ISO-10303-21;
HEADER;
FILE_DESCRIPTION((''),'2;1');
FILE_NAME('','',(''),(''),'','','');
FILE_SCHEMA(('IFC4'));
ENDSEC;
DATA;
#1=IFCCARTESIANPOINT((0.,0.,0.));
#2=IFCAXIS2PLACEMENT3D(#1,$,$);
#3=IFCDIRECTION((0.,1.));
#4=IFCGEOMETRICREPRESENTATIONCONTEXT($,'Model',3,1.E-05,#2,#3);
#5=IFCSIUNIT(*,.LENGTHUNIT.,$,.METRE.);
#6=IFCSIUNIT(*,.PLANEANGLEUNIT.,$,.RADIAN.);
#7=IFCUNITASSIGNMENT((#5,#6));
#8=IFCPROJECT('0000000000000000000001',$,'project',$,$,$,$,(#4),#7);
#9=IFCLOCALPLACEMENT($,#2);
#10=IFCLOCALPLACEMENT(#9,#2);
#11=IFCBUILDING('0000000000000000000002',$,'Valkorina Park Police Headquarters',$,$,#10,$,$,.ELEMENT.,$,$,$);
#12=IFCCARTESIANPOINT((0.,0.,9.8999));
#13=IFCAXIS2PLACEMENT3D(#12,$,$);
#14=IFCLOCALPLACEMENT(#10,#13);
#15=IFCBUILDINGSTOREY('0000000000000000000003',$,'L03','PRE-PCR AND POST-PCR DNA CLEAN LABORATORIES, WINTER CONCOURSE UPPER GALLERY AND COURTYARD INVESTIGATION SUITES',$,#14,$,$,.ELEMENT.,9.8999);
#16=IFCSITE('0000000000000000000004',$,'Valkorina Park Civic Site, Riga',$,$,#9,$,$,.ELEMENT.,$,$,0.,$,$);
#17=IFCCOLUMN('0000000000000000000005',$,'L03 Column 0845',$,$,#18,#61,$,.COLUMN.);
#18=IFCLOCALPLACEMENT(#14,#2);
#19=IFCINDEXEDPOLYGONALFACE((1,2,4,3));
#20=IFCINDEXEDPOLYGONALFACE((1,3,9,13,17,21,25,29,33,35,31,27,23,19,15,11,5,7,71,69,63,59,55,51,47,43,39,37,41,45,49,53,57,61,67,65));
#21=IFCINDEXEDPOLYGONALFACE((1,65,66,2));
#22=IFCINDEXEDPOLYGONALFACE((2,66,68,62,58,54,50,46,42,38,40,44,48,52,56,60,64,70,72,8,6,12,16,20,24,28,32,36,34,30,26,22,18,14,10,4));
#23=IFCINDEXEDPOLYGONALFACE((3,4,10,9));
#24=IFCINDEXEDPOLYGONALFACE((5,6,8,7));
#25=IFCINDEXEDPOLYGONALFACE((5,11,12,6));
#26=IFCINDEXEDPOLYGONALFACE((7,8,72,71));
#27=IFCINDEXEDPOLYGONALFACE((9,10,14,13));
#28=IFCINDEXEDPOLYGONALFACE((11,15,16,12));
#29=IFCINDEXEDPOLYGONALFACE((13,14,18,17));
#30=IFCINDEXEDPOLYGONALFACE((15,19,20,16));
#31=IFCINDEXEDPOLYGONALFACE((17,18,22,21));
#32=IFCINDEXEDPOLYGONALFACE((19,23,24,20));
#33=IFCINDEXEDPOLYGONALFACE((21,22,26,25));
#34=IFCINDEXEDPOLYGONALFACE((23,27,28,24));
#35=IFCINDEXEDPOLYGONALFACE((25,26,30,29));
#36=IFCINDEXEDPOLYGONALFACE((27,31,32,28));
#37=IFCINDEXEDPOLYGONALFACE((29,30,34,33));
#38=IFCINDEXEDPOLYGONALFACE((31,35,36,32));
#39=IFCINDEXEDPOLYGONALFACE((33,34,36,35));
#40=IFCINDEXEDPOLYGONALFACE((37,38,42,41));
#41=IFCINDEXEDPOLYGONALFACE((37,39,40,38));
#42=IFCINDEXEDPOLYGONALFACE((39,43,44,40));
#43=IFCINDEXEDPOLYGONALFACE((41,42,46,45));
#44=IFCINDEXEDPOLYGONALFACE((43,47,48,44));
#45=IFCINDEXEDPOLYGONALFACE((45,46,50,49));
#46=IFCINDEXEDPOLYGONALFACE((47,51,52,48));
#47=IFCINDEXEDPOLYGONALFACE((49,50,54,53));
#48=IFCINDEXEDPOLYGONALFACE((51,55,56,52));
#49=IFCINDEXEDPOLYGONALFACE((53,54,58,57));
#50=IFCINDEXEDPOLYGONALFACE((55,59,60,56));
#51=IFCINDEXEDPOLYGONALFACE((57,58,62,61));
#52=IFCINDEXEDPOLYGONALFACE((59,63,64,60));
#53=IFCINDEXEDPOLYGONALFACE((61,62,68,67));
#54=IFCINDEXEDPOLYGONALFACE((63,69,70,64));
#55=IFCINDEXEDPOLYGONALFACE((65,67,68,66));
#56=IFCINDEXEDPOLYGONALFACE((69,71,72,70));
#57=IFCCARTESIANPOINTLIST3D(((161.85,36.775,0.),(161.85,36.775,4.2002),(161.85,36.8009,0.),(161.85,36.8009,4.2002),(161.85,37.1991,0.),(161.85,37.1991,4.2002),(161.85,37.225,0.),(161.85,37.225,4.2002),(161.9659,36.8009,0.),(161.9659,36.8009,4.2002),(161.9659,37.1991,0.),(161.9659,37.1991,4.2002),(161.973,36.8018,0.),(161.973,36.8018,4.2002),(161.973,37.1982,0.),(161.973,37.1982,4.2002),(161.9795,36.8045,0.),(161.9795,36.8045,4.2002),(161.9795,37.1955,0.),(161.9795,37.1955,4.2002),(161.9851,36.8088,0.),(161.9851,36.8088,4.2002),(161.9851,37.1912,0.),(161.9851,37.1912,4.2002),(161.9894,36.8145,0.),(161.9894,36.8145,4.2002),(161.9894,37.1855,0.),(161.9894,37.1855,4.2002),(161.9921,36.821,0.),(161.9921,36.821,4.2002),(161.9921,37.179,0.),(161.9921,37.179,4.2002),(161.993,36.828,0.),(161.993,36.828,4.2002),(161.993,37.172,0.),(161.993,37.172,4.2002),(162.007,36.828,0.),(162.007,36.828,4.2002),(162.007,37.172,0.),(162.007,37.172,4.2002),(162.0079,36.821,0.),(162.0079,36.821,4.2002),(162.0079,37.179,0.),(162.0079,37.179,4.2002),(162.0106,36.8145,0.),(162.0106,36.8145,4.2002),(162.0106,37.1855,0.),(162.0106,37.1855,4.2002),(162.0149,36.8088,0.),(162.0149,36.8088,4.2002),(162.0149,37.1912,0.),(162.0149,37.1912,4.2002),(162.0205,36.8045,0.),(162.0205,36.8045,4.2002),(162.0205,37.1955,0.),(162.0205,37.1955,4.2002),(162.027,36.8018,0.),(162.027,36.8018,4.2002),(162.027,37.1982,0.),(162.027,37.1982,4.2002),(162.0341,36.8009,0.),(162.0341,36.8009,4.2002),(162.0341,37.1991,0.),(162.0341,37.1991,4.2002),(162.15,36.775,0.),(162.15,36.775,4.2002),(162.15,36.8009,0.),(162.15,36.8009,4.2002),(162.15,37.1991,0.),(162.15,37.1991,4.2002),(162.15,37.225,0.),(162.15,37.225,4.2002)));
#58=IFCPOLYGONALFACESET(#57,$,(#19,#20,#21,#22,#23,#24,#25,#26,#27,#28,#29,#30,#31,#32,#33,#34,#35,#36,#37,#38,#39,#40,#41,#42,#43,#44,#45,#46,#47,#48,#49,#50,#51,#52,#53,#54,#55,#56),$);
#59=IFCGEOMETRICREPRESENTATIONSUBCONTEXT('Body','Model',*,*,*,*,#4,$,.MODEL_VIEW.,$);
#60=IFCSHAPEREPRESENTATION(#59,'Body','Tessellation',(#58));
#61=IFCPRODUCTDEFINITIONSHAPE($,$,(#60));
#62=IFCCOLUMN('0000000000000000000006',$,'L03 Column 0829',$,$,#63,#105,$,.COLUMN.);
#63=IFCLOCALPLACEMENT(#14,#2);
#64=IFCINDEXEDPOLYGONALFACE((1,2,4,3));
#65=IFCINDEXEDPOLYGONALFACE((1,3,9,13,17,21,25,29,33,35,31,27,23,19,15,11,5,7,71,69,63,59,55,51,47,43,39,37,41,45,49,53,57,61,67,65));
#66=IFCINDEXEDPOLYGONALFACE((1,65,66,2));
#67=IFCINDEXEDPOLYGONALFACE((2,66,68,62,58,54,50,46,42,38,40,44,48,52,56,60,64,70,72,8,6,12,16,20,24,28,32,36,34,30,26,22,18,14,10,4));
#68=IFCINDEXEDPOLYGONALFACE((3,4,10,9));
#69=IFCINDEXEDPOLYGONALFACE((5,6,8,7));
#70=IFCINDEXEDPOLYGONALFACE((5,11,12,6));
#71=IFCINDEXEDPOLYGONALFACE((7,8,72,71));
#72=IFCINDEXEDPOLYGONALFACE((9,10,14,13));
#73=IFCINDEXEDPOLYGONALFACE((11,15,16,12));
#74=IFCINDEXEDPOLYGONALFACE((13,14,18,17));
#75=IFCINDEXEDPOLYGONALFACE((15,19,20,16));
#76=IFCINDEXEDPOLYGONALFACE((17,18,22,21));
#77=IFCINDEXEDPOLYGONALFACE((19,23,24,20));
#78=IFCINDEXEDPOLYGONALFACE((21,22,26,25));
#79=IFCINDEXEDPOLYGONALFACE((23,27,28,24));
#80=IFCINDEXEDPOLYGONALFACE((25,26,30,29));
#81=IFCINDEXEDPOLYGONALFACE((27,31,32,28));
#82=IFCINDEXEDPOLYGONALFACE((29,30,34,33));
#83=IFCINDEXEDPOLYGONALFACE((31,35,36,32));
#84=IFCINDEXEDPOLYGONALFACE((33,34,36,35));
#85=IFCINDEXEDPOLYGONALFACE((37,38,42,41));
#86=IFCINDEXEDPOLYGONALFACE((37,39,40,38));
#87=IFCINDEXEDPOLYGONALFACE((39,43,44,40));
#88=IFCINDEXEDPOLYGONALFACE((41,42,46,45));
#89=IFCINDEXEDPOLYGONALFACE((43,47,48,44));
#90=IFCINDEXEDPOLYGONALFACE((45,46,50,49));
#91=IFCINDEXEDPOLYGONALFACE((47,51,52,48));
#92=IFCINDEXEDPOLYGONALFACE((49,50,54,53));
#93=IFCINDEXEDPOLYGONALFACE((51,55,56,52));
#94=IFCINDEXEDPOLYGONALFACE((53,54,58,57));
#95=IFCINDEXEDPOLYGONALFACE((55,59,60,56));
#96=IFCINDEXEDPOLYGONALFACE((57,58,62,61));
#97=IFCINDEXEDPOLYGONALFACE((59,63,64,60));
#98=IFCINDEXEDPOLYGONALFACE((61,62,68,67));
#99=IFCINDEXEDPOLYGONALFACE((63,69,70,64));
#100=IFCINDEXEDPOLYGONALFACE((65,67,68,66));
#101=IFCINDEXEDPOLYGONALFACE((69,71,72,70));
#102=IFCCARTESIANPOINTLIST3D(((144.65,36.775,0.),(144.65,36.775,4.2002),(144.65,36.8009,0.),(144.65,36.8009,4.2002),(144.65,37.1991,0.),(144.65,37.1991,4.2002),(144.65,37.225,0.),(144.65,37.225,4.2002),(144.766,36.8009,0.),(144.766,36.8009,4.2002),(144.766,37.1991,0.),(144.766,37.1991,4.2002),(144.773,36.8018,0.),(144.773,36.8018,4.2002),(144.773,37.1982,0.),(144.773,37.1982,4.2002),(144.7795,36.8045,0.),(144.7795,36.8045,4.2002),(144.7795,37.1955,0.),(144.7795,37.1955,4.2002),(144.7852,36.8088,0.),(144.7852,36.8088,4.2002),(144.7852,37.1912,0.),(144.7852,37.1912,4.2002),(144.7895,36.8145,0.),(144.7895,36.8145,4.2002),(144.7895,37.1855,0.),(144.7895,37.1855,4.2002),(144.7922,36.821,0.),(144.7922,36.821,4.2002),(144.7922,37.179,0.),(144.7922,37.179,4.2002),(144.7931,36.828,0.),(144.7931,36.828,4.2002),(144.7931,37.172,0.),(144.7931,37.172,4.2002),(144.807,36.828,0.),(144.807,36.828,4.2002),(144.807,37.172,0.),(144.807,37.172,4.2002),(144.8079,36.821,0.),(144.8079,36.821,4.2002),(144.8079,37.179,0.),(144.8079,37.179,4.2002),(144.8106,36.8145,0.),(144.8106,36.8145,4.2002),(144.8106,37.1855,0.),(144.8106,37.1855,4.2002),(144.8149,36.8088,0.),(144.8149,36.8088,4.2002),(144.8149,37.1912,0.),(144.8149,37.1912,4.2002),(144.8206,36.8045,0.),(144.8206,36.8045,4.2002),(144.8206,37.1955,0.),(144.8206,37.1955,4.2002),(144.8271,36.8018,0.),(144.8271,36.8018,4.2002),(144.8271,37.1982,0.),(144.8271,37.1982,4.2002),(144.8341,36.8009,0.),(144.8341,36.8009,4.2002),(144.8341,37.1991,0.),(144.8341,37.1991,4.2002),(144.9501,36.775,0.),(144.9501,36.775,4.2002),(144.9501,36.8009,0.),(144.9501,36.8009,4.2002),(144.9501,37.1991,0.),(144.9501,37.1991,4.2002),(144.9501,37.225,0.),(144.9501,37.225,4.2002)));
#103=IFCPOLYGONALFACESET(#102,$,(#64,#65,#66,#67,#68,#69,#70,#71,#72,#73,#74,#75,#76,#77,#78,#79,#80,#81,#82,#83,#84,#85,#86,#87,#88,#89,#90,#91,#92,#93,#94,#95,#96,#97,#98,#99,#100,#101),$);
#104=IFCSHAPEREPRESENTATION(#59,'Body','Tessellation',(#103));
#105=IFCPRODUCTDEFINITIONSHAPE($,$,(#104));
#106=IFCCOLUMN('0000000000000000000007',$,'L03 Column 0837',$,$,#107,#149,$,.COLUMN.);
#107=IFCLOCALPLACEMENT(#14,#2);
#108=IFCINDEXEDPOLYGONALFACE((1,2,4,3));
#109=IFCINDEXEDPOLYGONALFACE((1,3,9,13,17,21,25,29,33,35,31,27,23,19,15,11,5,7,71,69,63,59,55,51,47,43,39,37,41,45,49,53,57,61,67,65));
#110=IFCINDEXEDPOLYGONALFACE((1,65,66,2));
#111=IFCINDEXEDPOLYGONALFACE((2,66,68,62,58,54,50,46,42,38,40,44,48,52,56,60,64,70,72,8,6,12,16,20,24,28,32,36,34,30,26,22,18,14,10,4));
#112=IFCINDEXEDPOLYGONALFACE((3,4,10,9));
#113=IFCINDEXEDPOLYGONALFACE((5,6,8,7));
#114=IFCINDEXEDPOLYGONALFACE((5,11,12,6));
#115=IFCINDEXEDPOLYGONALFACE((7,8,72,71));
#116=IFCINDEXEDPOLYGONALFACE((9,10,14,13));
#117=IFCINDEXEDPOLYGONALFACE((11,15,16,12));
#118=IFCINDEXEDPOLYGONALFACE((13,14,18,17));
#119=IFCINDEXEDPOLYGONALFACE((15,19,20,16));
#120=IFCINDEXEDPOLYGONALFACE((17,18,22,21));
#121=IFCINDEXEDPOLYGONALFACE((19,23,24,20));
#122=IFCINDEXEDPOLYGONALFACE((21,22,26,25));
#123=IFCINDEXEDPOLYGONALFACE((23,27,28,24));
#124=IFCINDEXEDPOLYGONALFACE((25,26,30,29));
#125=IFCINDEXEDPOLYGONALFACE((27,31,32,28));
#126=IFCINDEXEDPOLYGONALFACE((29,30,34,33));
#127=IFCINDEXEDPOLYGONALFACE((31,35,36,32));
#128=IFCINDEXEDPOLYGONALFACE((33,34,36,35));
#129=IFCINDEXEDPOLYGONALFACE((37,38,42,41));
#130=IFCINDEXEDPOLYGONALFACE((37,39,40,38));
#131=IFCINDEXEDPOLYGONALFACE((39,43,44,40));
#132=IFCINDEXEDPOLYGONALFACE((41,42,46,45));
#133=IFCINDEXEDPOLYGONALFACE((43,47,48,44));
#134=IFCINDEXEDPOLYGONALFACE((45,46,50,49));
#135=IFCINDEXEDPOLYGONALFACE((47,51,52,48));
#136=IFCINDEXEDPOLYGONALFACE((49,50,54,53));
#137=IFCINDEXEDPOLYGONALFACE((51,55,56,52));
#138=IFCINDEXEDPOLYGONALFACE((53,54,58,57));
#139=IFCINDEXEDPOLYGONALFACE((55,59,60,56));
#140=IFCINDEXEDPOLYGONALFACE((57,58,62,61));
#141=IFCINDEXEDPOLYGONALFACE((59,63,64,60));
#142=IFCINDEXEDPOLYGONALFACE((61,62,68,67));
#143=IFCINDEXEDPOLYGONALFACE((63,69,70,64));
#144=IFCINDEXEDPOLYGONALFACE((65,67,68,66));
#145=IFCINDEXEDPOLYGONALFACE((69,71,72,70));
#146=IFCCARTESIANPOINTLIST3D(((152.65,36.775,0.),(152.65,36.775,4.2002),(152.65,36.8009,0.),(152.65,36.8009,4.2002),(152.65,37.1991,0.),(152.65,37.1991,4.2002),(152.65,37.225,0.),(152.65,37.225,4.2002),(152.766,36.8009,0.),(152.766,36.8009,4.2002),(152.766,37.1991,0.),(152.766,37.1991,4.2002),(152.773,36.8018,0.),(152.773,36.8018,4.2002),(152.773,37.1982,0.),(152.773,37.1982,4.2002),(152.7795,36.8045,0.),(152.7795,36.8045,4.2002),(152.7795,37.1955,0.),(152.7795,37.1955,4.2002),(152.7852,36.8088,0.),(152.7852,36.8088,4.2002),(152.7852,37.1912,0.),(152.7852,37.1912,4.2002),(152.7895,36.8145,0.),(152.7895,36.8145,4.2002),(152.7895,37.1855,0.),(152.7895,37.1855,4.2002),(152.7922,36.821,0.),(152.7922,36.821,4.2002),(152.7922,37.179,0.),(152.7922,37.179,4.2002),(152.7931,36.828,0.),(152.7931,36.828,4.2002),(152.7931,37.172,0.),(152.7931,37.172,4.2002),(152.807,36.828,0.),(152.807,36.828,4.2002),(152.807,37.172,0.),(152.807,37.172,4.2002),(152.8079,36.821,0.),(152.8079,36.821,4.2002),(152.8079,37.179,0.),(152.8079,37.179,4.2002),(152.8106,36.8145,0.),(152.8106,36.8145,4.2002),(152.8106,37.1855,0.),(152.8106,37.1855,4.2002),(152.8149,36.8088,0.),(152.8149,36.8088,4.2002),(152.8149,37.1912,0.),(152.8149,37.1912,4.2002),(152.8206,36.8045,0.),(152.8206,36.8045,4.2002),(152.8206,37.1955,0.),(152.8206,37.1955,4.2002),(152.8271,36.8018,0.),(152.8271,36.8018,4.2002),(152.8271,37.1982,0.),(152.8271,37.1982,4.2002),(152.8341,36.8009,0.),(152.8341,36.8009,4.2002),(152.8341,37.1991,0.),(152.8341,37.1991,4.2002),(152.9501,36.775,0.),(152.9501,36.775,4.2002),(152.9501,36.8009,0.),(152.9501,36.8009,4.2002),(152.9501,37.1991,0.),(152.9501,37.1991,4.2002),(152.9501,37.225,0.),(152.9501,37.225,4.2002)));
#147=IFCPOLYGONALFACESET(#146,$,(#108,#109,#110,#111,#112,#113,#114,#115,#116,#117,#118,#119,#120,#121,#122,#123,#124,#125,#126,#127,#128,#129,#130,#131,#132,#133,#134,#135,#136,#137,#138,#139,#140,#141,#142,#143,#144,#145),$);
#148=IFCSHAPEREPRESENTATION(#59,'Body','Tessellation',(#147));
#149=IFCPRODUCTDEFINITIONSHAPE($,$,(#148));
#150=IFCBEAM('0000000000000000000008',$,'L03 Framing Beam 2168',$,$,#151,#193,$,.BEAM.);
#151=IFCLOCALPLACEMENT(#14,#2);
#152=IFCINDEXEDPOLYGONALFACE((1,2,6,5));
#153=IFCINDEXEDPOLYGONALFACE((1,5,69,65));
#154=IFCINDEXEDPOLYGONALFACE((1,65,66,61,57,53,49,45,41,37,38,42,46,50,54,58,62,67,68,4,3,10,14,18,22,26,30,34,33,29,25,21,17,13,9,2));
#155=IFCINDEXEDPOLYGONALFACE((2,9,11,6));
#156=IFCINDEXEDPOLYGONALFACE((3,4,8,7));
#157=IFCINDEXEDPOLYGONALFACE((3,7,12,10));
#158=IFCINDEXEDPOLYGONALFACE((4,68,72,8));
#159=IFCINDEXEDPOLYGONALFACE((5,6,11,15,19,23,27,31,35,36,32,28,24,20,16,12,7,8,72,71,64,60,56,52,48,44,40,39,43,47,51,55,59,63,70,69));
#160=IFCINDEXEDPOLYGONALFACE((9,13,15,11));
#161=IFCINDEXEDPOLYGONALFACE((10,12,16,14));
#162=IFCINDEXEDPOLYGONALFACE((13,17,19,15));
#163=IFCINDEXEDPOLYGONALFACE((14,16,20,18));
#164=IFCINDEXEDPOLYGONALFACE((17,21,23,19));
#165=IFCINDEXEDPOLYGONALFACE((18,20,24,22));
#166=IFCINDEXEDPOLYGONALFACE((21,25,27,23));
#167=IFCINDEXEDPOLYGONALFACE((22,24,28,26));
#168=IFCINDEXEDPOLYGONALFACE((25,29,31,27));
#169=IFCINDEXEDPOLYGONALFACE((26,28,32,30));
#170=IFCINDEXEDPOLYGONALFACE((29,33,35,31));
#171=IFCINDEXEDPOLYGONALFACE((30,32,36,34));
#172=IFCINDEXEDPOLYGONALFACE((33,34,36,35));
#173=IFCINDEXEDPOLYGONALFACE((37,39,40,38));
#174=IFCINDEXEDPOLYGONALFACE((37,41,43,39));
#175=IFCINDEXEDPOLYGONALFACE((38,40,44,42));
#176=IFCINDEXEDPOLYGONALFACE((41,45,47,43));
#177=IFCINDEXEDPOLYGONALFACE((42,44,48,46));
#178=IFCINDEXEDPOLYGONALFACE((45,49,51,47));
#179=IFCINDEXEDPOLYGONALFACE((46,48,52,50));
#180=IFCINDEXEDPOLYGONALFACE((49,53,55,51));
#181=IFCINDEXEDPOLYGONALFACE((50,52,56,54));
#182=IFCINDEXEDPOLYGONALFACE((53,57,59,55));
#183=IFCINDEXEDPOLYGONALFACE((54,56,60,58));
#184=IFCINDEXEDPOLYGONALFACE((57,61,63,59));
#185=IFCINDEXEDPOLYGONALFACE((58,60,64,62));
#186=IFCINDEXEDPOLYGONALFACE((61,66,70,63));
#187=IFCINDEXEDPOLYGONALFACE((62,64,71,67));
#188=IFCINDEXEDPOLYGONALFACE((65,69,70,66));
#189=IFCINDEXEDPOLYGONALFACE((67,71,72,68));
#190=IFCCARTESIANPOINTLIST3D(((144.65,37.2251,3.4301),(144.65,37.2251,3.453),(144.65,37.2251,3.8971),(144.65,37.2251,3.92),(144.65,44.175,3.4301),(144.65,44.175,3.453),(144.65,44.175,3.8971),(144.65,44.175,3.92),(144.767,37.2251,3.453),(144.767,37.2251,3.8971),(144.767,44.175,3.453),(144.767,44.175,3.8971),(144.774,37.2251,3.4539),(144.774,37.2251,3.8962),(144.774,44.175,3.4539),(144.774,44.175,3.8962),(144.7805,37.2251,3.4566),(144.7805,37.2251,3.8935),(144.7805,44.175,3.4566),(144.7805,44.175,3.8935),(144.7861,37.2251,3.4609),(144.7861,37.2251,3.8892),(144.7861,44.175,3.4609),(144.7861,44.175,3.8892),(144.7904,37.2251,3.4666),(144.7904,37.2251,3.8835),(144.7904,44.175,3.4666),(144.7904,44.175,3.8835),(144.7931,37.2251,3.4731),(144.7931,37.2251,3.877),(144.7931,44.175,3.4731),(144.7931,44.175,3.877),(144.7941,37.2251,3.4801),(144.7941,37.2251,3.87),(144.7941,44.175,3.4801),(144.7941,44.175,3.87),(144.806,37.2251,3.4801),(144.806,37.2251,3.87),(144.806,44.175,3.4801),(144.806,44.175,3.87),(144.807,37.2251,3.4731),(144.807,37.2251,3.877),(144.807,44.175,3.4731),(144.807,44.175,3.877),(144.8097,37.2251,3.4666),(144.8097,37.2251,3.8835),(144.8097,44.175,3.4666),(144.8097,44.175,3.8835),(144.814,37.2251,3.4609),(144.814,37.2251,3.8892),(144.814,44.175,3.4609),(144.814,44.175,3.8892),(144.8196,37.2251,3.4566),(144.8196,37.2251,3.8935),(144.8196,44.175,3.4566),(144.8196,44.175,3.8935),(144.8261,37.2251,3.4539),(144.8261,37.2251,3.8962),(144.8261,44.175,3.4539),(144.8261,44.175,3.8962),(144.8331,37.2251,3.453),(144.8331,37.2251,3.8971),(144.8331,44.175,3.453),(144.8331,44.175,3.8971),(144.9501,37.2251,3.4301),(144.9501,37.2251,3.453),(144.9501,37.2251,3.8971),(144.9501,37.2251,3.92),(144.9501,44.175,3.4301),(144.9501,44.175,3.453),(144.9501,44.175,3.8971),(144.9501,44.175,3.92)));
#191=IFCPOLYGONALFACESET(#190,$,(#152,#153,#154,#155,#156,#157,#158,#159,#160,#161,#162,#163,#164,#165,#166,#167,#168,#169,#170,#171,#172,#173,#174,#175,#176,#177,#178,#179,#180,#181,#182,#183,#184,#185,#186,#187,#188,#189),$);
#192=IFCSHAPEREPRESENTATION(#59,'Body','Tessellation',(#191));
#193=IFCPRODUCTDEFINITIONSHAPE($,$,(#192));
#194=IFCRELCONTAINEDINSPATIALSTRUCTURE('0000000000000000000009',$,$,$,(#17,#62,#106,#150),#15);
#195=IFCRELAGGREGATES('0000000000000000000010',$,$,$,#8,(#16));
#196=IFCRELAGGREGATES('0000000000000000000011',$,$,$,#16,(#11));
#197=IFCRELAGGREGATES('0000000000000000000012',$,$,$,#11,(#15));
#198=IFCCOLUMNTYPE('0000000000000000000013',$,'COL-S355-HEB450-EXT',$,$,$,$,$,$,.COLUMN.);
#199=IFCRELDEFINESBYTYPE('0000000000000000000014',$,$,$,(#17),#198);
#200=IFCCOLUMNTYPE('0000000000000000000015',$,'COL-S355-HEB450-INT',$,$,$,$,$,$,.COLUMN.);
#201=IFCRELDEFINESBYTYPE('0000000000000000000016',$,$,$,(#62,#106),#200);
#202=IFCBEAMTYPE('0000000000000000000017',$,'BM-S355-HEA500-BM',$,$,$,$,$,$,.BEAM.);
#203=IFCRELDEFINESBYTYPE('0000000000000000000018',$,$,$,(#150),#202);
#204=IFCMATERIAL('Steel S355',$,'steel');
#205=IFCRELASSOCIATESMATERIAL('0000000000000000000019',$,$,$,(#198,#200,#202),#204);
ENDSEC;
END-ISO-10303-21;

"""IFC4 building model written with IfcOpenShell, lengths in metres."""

from ifc_helpers import new_model, si_unit, direction, frame, origin, origin_2d, place, context, subcontext, project, spatial, i_section, extrude, material, material_profile, profile_set, type_object, element, save


model = new_model("IFC4")

# Units and contexts
model_context = context("Model", 3, precision=1e-05, world=origin(), true_north=direction((0.0, 1.0)))
body_context = subcontext(model_context, "Body", "Model", "MODEL_VIEW")
ifc_project = project(units=[si_unit("LENGTHUNIT", "METRE"), si_unit("PLANEANGLEUNIT", "RADIAN")], contexts=[model_context])

# Site, building, storey
site_placement = place(None, origin())
site = spatial("IfcSite", under=ifc_project, at=site_placement, Name="Valkorina Park Civic Site, Riga", CompositionType="ELEMENT", RefElevation=0.0)
building_placement = place(site_placement, origin())
building = spatial("IfcBuilding", under=site, at=building_placement, Name="Valkorina Park Police Headquarters", CompositionType="ELEMENT")
storey_placement = place(building_placement, frame((0.0, 0.0, 9.8999)))
storey = spatial("IfcBuildingStorey", under=building, at=storey_placement, Name="L03", Description="PRE-PCR AND POST-PCR DNA CLEAN LABORATORIES, WINTER CONCOURSE UPPER GALLERY AND COURTYARD INVESTIGATION SUITES", CompositionType="ELEMENT", Elevation=9.8999)

# Columns
ifc_material_1 = material(Name="Steel S355", Category="steel")
ifc_material_profile_1 = material_profile(ifc_material_1, i_section(OverallWidth=0.3, OverallDepth=0.45, WebThickness=0.0139, FlangeThickness=0.0259, FilletRadius=0.0271, at=origin_2d()), Name="HEB 450")
ifc_profile_set_1 = profile_set([ifc_material_profile_1], Name="Steel S355")
column_type_1 = type_object("IfcColumnType", Name="COL-S355-HEB450-EXT", PredefinedType="COLUMN", material=ifc_profile_set_1)
column_placement = place(storey_placement, frame((162.0, 37.0, 0.0), z_axis=(0.0, 0.0, 1.0), x_axis=(1.0, 0.0, 0.0)))
element("IfcColumn", 1, at=column_placement, inside=storey, type_object=column_type_1, Name="L03 Column 0845", PredefinedType="COLUMN", context=body_context, shape_type="SweptSolid", body=[
    extrude(i_section(OverallWidth=0.3, OverallDepth=0.45, WebThickness=0.0139, FlangeThickness=0.0259, FilletRadius=0.0271, at=origin_2d()), origin(), (0.0, 0.0, 1.0), 4.2002),
])
ifc_material_profile_2 = material_profile(ifc_material_1, i_section(OverallWidth=0.3, OverallDepth=0.45, WebThickness=0.0139, FlangeThickness=0.0259, FilletRadius=0.0271, at=origin_2d()), Name="HEB 450")
ifc_profile_set_2 = profile_set([ifc_material_profile_2], Name="Steel S355")
column_type_2 = type_object("IfcColumnType", Name="COL-S355-HEB450-INT", PredefinedType="COLUMN", material=ifc_profile_set_2)
for number, where, z_axis, x_axis, name in (
    (2, (144.8, 37.0, 0.0), (0.0, 0.0, 1.0), (1.0, 0.0, 0.0), "L03 Column 0829"),
    (3, (152.8, 37.0, 0.0), (0.0, 0.0, 1.0), (1.0, 0.0, 0.0), "L03 Column 0837"),
):
    element("IfcColumn", number, at=place(storey_placement, frame(where, z_axis=z_axis, x_axis=x_axis)), inside=storey, type_object=column_type_2, Name=name, PredefinedType="COLUMN", context=body_context, shape_type="SweptSolid", body=[
        extrude(i_section(OverallWidth=0.3, OverallDepth=0.45, WebThickness=0.0139, FlangeThickness=0.0259, FilletRadius=0.0271, at=origin_2d()), origin(), (0.0, 0.0, 1.0), 4.2002),
    ])

# Beam
ifc_material_profile_3 = material_profile(ifc_material_1, i_section(OverallWidth=0.3, OverallDepth=0.49, WebThickness=0.012, FlangeThickness=0.0229, FilletRadius=0.0271, at=origin_2d()), Name="HEA 500")
ifc_profile_set_3 = profile_set([ifc_material_profile_3], Name="Steel S355")
beam_type_1 = type_object("IfcBeamType", Name="BM-S355-HEA500-BM", PredefinedType="BEAM", material=ifc_profile_set_3)
for number, where, z_axis, x_axis, name in (
    (4, (144.8, 37.2251, 3.675), (0.0, 1.0, 0.0), (-1.0, 0.0, 0.0), "L03 Framing Beam 2168"),
):
    element("IfcBeam", number, at=place(storey_placement, frame(where, z_axis=z_axis, x_axis=x_axis)), inside=storey, type_object=beam_type_1, Name=name, PredefinedType="BEAM", context=body_context, shape_type="SweptSolid", body=[
        extrude(i_section(OverallWidth=0.3, OverallDepth=0.49, WebThickness=0.012, FlangeThickness=0.0229, FilletRadius=0.0271, at=origin_2d()), origin(), (0.0, 0.0, 1.0), 6.95),
    ])

save(model, "model.ifc")
